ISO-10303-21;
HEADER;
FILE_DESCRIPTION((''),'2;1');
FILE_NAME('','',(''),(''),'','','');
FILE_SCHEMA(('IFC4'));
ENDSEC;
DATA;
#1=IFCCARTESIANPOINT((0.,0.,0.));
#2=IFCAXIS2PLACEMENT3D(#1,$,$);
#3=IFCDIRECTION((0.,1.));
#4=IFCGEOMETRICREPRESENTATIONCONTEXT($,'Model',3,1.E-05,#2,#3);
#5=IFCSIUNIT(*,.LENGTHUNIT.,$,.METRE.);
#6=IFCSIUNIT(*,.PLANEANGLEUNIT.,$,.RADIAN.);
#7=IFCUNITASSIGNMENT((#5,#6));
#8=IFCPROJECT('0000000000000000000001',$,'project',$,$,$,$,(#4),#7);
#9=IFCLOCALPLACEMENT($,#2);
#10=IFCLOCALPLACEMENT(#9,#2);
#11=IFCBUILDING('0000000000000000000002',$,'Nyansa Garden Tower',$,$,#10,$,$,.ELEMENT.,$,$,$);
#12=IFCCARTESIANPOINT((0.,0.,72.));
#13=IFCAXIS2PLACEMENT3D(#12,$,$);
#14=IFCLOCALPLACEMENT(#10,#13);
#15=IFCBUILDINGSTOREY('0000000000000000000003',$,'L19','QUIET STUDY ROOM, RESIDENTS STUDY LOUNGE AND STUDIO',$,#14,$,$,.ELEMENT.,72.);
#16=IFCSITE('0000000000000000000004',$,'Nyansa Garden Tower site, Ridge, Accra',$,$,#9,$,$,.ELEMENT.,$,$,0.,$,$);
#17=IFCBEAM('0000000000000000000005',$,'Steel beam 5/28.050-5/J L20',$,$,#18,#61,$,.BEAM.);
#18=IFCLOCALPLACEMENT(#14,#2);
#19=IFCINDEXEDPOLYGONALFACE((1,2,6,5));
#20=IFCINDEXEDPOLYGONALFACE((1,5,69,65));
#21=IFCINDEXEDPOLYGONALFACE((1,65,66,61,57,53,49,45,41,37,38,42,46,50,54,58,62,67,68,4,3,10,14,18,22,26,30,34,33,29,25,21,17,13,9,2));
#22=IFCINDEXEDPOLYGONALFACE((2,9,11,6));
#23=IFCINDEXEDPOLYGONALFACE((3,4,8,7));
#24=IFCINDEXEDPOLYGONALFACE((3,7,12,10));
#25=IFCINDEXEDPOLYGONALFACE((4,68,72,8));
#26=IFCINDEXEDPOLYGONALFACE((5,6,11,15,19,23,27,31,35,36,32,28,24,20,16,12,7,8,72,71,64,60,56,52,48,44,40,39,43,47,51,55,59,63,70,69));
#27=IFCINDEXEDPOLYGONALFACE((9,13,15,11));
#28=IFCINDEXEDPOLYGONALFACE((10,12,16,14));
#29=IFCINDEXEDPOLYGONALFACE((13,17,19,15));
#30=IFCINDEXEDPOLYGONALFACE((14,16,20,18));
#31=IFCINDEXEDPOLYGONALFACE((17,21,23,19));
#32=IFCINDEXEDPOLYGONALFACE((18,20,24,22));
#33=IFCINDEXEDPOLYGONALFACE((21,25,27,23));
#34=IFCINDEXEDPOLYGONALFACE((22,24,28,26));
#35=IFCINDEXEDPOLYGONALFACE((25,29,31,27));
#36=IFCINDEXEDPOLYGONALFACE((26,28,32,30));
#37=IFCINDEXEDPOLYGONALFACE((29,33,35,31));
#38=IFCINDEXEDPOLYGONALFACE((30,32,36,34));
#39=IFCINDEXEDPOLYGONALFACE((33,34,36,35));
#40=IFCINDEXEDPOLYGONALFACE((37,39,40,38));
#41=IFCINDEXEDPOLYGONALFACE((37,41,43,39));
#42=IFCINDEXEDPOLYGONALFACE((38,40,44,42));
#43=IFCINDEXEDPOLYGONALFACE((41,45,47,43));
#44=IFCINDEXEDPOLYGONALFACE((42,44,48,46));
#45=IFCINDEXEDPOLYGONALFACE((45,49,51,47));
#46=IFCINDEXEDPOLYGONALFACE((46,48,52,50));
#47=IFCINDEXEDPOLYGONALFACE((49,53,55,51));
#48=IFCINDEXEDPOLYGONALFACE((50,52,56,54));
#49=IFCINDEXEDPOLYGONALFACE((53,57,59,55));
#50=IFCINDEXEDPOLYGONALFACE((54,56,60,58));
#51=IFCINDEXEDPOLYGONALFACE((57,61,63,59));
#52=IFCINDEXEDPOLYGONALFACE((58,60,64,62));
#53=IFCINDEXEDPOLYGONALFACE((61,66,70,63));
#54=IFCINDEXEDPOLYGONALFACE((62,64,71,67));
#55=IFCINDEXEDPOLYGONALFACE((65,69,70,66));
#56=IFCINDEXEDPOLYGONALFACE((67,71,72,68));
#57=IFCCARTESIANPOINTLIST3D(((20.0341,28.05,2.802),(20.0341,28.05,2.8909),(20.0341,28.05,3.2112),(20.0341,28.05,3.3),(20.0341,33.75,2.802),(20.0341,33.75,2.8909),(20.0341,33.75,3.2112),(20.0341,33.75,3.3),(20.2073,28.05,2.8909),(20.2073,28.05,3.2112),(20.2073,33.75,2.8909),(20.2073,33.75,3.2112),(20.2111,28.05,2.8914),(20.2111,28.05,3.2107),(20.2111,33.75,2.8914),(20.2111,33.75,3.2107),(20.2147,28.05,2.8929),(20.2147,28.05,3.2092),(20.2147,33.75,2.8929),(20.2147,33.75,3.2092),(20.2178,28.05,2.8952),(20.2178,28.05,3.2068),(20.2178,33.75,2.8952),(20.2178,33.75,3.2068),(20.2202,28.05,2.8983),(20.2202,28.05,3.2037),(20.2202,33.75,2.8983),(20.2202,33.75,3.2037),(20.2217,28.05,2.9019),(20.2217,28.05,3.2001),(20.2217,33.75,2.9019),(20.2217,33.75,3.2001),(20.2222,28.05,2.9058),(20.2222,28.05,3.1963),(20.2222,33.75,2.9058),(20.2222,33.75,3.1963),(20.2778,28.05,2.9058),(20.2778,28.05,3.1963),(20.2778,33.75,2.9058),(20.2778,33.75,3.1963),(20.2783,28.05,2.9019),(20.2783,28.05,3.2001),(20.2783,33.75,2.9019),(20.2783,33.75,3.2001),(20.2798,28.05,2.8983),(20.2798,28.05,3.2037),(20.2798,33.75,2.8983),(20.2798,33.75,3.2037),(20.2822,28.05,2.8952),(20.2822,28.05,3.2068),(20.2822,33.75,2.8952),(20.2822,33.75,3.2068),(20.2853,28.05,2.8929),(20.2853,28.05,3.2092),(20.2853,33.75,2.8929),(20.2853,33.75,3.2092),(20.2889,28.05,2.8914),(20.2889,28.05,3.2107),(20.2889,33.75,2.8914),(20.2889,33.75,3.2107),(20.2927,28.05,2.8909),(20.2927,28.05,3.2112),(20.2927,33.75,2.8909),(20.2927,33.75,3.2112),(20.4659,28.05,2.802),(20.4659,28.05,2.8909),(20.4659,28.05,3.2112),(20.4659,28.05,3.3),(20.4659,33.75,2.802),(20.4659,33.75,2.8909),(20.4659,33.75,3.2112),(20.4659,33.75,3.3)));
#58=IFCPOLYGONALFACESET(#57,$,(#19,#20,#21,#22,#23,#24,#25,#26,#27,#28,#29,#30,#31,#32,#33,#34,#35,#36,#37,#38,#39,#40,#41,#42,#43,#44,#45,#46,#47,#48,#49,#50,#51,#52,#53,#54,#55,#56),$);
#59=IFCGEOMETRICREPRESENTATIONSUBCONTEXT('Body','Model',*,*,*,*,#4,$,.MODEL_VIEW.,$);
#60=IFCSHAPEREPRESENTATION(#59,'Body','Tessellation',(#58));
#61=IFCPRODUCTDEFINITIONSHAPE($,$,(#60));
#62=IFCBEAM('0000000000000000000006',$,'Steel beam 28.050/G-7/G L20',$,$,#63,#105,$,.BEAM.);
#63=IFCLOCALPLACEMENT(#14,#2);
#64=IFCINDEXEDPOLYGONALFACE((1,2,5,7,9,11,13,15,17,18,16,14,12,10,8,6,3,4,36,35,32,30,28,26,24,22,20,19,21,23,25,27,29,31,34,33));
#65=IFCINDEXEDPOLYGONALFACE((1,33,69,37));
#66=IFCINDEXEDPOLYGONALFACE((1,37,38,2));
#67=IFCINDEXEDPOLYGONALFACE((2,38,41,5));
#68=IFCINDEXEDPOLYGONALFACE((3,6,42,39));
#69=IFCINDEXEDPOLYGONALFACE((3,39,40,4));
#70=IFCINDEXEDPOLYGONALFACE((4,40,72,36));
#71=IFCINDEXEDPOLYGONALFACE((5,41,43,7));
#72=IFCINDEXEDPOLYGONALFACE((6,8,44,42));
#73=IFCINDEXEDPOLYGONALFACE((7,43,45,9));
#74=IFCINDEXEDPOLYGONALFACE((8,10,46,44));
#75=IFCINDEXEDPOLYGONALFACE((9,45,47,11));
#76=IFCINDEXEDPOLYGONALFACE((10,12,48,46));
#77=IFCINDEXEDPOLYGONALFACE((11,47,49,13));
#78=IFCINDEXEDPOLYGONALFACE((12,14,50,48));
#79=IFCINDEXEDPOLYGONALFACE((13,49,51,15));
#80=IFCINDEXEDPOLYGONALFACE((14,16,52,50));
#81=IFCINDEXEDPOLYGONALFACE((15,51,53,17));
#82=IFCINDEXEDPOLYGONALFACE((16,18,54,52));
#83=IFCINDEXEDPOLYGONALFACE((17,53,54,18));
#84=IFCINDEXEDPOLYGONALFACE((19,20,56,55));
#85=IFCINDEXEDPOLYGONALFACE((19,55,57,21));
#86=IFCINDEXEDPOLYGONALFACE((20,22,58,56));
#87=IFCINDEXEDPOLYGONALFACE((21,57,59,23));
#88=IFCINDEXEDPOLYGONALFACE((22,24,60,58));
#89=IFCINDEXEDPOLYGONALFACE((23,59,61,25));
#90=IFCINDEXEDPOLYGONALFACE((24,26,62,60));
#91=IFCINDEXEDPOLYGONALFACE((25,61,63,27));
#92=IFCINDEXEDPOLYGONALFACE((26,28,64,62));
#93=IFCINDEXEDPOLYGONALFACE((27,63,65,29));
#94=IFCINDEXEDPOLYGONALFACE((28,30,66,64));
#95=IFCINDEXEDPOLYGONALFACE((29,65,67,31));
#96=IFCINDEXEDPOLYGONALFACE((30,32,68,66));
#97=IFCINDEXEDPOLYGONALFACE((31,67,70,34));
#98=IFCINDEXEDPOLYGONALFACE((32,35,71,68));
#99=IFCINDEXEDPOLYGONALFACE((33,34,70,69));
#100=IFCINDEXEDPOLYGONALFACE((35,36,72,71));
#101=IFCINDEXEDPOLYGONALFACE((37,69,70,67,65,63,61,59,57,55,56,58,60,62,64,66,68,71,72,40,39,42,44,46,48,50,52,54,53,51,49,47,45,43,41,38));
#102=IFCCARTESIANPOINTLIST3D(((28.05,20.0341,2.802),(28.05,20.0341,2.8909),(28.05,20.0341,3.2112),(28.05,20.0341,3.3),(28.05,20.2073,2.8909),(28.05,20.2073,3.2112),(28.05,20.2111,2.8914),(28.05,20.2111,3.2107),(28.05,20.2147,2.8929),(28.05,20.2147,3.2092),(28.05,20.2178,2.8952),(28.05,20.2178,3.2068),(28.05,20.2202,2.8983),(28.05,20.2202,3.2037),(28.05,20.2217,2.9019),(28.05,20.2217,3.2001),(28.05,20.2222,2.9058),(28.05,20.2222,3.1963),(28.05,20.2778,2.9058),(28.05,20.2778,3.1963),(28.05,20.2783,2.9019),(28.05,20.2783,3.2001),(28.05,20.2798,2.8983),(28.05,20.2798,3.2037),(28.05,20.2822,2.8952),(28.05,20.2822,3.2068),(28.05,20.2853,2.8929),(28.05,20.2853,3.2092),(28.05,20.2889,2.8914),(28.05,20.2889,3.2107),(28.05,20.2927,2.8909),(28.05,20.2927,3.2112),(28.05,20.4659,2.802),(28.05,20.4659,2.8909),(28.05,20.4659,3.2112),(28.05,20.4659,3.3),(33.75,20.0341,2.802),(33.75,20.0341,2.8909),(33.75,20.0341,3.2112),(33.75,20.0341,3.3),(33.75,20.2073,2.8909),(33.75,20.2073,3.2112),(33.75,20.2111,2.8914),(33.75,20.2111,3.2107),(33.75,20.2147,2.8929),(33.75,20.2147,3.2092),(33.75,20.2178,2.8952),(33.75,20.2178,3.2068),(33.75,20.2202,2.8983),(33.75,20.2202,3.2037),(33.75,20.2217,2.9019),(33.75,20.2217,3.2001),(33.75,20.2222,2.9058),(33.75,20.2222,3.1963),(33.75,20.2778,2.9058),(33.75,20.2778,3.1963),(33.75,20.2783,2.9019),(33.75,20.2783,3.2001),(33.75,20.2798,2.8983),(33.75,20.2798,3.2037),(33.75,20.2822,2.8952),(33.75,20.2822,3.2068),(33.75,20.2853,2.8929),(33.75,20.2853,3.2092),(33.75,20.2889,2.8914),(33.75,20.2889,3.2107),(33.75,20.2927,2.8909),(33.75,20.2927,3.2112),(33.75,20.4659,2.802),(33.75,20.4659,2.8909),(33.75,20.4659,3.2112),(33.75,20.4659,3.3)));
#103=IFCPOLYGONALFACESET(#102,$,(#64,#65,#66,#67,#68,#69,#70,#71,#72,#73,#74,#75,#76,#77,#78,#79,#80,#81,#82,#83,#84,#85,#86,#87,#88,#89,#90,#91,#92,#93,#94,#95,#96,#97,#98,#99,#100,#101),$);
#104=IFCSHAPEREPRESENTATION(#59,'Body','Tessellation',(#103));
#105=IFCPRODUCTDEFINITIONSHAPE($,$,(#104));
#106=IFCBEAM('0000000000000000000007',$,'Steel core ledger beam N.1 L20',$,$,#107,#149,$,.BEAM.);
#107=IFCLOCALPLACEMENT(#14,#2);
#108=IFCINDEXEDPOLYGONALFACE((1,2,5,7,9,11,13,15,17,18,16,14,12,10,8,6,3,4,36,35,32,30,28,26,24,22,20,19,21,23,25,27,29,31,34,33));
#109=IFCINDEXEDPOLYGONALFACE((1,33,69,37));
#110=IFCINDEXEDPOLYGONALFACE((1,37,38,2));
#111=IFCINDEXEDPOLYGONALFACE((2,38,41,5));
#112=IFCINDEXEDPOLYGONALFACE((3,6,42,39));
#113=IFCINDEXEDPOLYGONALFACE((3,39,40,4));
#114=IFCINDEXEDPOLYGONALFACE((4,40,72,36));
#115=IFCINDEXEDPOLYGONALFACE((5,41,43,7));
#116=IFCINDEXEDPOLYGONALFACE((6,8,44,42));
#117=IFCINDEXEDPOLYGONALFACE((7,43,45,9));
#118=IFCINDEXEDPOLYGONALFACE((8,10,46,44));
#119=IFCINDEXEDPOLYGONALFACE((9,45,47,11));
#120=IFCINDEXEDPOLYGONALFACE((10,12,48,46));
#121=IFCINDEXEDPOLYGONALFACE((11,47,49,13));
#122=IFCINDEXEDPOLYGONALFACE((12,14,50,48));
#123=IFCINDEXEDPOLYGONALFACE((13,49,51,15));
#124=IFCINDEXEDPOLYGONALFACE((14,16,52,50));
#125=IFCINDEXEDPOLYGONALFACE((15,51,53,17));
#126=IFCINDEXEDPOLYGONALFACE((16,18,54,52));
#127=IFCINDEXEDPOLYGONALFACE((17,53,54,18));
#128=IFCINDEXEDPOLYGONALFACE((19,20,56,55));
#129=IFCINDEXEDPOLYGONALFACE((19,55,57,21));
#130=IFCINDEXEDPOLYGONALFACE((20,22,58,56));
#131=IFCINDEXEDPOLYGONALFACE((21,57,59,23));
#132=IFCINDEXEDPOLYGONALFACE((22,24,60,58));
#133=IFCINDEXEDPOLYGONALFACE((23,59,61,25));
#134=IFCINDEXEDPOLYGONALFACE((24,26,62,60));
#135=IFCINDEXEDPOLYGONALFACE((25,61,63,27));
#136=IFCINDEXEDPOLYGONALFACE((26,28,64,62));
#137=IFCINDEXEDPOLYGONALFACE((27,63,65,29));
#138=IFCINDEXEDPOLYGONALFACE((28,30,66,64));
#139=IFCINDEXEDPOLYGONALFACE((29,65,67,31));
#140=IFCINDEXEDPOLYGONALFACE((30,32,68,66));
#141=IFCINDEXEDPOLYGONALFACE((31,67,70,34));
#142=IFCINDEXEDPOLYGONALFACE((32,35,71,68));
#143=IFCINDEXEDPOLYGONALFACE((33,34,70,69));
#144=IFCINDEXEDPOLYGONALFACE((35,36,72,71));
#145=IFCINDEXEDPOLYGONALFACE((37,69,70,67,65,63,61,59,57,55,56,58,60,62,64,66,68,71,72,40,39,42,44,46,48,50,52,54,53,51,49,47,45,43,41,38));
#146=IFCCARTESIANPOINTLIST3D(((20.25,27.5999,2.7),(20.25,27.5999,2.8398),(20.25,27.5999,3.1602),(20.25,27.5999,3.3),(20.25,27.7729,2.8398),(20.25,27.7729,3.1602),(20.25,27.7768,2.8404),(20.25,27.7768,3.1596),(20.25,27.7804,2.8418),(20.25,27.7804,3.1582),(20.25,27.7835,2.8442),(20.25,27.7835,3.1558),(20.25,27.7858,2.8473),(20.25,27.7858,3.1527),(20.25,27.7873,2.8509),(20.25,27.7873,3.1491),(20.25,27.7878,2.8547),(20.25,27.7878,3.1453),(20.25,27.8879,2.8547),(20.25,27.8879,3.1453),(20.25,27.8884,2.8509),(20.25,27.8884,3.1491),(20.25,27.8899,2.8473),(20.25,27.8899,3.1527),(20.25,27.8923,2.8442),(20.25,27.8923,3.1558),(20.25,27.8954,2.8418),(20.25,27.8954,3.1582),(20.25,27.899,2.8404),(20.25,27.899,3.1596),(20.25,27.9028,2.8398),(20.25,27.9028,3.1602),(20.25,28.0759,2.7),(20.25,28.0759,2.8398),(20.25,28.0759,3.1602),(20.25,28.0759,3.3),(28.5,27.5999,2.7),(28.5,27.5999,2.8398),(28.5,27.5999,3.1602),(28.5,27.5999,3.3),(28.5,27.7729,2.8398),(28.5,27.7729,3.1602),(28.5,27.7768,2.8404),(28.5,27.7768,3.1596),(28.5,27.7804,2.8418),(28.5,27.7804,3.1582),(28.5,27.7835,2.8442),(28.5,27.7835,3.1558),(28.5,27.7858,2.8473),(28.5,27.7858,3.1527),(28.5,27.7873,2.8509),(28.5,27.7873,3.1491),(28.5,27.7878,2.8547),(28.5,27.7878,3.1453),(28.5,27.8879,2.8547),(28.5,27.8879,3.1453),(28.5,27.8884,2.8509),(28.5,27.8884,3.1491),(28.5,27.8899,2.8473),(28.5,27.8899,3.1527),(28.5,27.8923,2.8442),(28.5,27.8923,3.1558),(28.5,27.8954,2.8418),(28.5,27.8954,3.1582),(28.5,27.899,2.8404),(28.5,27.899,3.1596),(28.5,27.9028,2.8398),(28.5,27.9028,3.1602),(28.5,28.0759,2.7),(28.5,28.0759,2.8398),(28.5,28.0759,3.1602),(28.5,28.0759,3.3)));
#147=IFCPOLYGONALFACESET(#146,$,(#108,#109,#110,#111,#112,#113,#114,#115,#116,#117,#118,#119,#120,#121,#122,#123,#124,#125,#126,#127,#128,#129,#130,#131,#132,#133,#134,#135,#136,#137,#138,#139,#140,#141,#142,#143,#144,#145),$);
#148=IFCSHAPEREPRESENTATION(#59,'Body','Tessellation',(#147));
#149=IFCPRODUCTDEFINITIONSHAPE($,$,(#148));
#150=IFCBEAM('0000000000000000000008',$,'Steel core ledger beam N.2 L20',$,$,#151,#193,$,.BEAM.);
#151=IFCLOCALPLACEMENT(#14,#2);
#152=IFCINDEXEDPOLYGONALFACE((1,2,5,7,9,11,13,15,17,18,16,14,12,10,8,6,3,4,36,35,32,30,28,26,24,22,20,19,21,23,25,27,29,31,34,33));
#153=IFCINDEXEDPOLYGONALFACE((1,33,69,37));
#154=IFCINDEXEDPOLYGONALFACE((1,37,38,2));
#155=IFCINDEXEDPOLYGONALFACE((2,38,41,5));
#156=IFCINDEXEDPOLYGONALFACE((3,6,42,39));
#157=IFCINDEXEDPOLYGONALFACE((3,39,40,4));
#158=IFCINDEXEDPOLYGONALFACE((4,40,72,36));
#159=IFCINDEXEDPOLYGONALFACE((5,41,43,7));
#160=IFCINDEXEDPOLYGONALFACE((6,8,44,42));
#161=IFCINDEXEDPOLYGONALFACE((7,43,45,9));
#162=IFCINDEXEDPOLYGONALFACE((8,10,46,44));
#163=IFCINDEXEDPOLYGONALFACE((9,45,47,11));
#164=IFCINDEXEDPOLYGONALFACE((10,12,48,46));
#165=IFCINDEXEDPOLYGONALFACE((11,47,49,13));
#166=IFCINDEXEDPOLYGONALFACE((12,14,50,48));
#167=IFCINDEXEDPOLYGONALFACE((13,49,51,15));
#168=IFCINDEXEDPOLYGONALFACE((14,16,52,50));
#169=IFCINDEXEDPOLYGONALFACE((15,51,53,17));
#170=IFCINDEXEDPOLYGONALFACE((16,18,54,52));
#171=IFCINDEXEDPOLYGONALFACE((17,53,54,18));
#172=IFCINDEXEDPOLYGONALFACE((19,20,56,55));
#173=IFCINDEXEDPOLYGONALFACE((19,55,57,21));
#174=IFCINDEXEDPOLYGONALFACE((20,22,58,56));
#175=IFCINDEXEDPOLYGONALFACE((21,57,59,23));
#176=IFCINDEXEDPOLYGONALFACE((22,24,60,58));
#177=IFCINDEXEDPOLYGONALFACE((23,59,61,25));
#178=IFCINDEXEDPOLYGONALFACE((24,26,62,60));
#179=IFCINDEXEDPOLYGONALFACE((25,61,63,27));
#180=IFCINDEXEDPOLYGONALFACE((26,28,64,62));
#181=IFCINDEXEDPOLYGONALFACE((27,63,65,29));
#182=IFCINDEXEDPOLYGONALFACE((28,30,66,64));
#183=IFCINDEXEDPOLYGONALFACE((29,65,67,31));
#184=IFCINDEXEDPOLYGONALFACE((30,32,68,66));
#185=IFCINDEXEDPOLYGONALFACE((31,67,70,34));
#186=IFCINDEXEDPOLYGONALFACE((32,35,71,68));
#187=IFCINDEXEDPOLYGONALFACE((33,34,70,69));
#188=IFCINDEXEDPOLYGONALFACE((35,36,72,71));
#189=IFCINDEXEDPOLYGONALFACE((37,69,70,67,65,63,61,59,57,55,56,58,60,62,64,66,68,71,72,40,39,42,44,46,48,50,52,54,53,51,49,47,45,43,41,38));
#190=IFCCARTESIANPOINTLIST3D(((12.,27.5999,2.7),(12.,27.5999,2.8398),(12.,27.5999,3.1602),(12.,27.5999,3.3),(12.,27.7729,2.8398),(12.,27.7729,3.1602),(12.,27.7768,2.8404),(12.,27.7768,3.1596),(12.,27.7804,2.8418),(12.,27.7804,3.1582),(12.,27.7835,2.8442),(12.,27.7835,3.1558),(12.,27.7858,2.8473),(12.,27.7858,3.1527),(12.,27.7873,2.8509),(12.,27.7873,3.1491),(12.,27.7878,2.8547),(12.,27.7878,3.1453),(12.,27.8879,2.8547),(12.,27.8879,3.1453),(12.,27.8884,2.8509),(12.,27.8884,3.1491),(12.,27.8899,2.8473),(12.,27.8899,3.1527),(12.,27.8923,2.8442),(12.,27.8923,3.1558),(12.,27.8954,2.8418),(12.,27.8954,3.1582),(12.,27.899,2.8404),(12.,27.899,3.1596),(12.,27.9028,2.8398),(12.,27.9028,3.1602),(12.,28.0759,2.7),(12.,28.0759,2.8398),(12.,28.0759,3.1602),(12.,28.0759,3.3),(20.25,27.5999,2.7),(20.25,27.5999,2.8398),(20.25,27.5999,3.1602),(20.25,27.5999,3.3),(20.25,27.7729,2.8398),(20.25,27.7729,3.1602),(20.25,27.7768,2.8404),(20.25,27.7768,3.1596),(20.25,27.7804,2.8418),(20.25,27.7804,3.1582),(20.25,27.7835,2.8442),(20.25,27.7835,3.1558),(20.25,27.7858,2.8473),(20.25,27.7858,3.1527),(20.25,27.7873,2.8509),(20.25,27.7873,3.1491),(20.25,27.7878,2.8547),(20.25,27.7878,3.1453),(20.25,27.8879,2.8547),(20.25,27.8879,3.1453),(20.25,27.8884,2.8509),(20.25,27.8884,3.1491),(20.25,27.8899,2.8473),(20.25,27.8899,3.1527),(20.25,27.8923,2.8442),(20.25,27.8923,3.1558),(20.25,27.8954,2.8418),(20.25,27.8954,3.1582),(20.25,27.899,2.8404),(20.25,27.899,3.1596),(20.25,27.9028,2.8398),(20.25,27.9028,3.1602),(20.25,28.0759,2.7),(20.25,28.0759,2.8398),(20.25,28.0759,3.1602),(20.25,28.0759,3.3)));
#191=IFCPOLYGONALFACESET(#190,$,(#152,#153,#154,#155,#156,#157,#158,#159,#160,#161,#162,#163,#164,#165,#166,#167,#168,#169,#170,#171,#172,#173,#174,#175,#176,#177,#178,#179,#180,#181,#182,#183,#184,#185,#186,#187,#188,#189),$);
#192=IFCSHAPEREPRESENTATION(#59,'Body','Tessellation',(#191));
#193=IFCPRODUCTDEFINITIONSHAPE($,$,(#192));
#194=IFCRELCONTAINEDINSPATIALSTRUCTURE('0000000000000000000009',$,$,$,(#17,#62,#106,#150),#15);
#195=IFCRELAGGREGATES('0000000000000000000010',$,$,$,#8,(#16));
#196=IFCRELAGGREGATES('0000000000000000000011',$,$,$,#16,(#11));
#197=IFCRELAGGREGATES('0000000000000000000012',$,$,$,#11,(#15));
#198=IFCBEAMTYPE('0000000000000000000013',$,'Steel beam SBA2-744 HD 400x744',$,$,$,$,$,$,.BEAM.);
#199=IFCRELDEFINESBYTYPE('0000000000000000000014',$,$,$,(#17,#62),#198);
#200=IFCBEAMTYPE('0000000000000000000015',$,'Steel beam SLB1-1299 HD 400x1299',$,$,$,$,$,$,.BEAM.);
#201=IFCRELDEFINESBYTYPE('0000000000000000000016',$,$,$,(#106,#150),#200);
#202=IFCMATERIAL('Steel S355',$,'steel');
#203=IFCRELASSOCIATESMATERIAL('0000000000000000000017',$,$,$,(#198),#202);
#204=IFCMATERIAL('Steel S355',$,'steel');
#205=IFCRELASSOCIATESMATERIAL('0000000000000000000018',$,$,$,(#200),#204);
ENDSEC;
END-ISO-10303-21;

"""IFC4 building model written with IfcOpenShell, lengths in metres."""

from ifc_helpers import new_model, si_unit, direction, frame, origin, origin_2d, place, context, subcontext, project, spatial, i_section, extrude, material, material_profile, profile_set, type_object, element, save


model = new_model("IFC4")

# Units and contexts
model_context = context("Model", 3, precision=1e-05, world=origin(), true_north=direction((0.0, 1.0)))
body_context = subcontext(model_context, "Body", "Model", "MODEL_VIEW")
ifc_project = project(units=[si_unit("LENGTHUNIT", "METRE"), si_unit("PLANEANGLEUNIT", "RADIAN")], contexts=[model_context])

# Site, building, storey
site_placement = place(None, origin())
site = spatial("IfcSite", under=ifc_project, at=site_placement, Name="Nyansa Garden Tower site, Ridge, Accra", CompositionType="ELEMENT", RefElevation=0.0)
building_placement = place(site_placement, origin())
building = spatial("IfcBuilding", under=site, at=building_placement, Name="Nyansa Garden Tower", CompositionType="ELEMENT")
storey_placement = place(building_placement, frame((0.0, 0.0, 72.0)))
storey = spatial("IfcBuildingStorey", under=building, at=storey_placement, Name="L19", Description="QUIET STUDY ROOM, RESIDENTS STUDY LOUNGE AND STUDIO", CompositionType="ELEMENT", Elevation=72.0)

# Beams
ifc_material_1 = material(Name="Steel S355", Category="steel")
ifc_material_profile_1 = material_profile(ifc_material_1, i_section(OverallWidth=0.4319, OverallDepth=0.498, WebThickness=0.0557, FlangeThickness=0.0889, FilletRadius=0.0149, at=origin_2d()), Name="HD 400x744")
ifc_profile_set_1 = profile_set([ifc_material_profile_1], Name="Steel S355")
beam_type_1 = type_object("IfcBeamType", Name="Steel beam SBA2-744 HD 400x744", PredefinedType="BEAM", material=ifc_profile_set_1)
for number, where, z_axis, x_axis, name in (
    (1, (20.25, 28.05, 3.051), (0.0, 1.0, 0.0), (-1.0, 0.0, 0.0), "Steel beam 5/28.050-5/J L20"),
    (2, (28.05, 20.25, 3.051), (1.0, 0.0, 0.0), (0.0, 1.0, 0.0), "Steel beam 28.050/G-7/G L20"),
):
    element("IfcBeam", number, at=place(storey_placement, frame(where, z_axis=z_axis, x_axis=x_axis)), inside=storey, type_object=beam_type_1, Name=name, PredefinedType="BEAM", context=body_context, shape_type="SweptSolid", body=[
        extrude(i_section(OverallWidth=0.4319, OverallDepth=0.498, WebThickness=0.0557, FlangeThickness=0.0889, FilletRadius=0.0149, at=origin_2d()), origin(), (0.0, 0.0, 1.0), 5.7),
    ])
ifc_material_2 = material(Name="Steel S355", Category="steel")
ifc_material_profile_2 = material_profile(ifc_material_2, i_section(OverallWidth=0.4761, OverallDepth=0.6001, WebThickness=0.1001, FlangeThickness=0.1399, FilletRadius=0.0149, at=origin_2d()), Name="HD 400x1299")
ifc_profile_set_2 = profile_set([ifc_material_profile_2], Name="Steel S355")
beam_type_2 = type_object("IfcBeamType", Name="Steel beam SLB1-1299 HD 400x1299", PredefinedType="BEAM", material=ifc_profile_set_2)
for number, where, z_axis, x_axis, name in (
    (3, (28.5, 27.8379, 3.0), (-1.0, 0.0, 0.0), (0.0, -1.0, 0.0), "Steel core ledger beam N.1 L20"),
    (4, (20.25, 27.8379, 3.0), (-1.0, 0.0, 0.0), (0.0, -1.0, 0.0), "Steel core ledger beam N.2 L20"),
):
    element("IfcBeam", number, at=place(storey_placement, frame(where, z_axis=z_axis, x_axis=x_axis)), inside=storey, type_object=beam_type_2, Name=name, PredefinedType="BEAM", context=body_context, shape_type="SweptSolid", body=[
        extrude(i_section(OverallWidth=0.4761, OverallDepth=0.6001, WebThickness=0.1001, FlangeThickness=0.1399, FilletRadius=0.0149, at=origin_2d()), origin(), (0.0, 0.0, 1.0), 8.25),
    ])

save(model, "model.ifc")
